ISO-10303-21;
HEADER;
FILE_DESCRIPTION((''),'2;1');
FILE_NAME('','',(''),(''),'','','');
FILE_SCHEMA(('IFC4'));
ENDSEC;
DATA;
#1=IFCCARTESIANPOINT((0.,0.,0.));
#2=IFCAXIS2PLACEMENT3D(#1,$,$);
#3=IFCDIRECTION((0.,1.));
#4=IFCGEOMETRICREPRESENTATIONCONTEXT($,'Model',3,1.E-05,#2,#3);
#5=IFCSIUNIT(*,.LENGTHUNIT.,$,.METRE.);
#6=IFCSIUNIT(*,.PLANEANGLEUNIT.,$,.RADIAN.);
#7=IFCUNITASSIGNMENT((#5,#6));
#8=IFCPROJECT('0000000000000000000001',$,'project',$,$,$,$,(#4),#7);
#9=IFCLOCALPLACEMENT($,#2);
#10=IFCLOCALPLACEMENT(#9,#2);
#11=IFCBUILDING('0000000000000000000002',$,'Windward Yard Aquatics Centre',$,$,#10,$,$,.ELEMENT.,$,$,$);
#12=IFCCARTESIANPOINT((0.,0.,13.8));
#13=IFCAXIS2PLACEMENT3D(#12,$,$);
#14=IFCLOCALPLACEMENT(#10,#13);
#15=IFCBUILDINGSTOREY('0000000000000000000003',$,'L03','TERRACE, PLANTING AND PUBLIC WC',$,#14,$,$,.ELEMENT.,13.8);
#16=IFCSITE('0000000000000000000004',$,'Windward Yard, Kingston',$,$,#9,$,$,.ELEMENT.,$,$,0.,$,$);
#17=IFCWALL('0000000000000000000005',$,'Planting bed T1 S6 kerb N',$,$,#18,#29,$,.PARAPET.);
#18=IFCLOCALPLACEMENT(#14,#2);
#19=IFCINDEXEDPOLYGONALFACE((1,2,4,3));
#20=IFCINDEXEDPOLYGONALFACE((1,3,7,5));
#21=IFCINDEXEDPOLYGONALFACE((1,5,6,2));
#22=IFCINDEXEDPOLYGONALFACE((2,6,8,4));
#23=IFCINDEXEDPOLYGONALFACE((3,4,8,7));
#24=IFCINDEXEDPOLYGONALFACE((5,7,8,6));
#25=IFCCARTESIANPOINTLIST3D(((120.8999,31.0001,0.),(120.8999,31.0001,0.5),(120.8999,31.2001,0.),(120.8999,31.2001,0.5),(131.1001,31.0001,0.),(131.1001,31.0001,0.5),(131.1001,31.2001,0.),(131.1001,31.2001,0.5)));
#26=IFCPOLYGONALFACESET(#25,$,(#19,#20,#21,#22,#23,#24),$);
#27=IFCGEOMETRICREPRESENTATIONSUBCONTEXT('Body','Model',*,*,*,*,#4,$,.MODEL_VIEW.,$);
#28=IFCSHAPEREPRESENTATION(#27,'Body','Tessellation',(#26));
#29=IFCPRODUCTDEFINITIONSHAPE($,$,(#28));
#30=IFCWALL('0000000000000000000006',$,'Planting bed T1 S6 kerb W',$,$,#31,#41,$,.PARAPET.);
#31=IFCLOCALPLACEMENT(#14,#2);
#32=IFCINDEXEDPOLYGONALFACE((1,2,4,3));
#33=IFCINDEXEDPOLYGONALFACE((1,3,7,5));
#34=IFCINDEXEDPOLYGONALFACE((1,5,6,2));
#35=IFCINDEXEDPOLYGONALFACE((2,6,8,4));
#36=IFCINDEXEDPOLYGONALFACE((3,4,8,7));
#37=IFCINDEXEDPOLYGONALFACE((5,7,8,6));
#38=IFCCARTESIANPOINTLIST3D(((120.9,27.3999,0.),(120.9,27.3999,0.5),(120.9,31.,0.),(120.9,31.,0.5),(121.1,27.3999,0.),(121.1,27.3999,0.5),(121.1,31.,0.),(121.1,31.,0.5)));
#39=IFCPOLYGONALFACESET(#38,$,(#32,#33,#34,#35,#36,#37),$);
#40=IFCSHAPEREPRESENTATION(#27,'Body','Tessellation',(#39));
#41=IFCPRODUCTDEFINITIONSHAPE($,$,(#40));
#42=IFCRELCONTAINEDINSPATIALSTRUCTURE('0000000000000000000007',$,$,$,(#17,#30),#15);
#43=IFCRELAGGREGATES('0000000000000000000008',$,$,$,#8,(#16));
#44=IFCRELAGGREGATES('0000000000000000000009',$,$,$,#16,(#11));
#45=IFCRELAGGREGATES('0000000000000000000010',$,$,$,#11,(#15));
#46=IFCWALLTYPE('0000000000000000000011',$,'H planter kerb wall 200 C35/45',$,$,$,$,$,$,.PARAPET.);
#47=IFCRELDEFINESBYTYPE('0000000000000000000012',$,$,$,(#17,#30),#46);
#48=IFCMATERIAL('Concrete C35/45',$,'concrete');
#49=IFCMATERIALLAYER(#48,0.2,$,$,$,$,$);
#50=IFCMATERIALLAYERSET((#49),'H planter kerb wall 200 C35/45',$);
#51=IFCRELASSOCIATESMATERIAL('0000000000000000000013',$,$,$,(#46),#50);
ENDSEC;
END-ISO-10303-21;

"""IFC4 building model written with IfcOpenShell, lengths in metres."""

from ifc_helpers import new_model, si_unit, direction, frame, frame_2d, origin, place, context, subcontext, project, spatial, rectangle, extrude, material, layer, layer_set, type_object, element, save


model = new_model("IFC4")

# Units and contexts
model_context = context("Model", 3, precision=1e-05, world=origin(), true_north=direction((0.0, 1.0)))
body_context = subcontext(model_context, "Body", "Model", "MODEL_VIEW")
ifc_project = project(units=[si_unit("LENGTHUNIT", "METRE"), si_unit("PLANEANGLEUNIT", "RADIAN")], contexts=[model_context])

# Site, building, storey
site_placement = place(None, origin())
site = spatial("IfcSite", under=ifc_project, at=site_placement, Name="Windward Yard, Kingston", CompositionType="ELEMENT", RefElevation=0.0)
building_placement = place(site_placement, origin())
building = spatial("IfcBuilding", under=site, at=building_placement, Name="Windward Yard Aquatics Centre", CompositionType="ELEMENT")
storey_placement = place(building_placement, frame((0.0, 0.0, 13.8)))
storey = spatial("IfcBuildingStorey", under=building, at=storey_placement, Name="L03", Description="TERRACE, PLANTING AND PUBLIC WC", CompositionType="ELEMENT", Elevation=13.8)

# Walls
ifc_material_1 = material(Name="Concrete C35/45", Category="concrete")
ifc_layer_1 = layer(ifc_material_1, 0.2)
ifc_layer_set_1 = layer_set([ifc_layer_1], Name="H planter kerb wall 200 C35/45")
wall_type = type_object("IfcWallType", Name="H planter kerb wall 200 C35/45", PredefinedType="PARAPET", material=ifc_layer_set_1)
for number, where, z_axis, x_axis, name in (
    (1, (120.8999, 31.1001, 0.0), (0.0, 0.0, 1.0), (1.0, 0.0, 0.0), "Planting bed T1 S6 kerb N"),
):
    element("IfcWall", number, at=place(storey_placement, frame(where, z_axis=z_axis, x_axis=x_axis)), inside=storey, type_object=wall_type, Name=name, PredefinedType="PARAPET", context=body_context, shape_type="SweptSolid", body=[
        extrude(rectangle(XDim=10.2002, YDim=0.2, at=frame_2d((5.1001, 0.0))), origin(), (0.0, 0.0, 1.0), 0.5),
    ])
wall_placement = place(storey_placement, frame((121.0, 27.3999, 0.0), z_axis=(0.0, 0.0, 1.0), x_axis=(0.0, 1.0, 0.0)))
element("IfcWall", 2, at=wall_placement, inside=storey, type_object=wall_type, Name="Planting bed T1 S6 kerb W", PredefinedType="PARAPET", context=body_context, shape_type="SweptSolid", body=[
    extrude(rectangle(XDim=3.6001, YDim=0.2, at=frame_2d((1.8, 0.0))), origin(), (0.0, 0.0, 1.0), 0.5),
])

save(model, "model.ifc")
